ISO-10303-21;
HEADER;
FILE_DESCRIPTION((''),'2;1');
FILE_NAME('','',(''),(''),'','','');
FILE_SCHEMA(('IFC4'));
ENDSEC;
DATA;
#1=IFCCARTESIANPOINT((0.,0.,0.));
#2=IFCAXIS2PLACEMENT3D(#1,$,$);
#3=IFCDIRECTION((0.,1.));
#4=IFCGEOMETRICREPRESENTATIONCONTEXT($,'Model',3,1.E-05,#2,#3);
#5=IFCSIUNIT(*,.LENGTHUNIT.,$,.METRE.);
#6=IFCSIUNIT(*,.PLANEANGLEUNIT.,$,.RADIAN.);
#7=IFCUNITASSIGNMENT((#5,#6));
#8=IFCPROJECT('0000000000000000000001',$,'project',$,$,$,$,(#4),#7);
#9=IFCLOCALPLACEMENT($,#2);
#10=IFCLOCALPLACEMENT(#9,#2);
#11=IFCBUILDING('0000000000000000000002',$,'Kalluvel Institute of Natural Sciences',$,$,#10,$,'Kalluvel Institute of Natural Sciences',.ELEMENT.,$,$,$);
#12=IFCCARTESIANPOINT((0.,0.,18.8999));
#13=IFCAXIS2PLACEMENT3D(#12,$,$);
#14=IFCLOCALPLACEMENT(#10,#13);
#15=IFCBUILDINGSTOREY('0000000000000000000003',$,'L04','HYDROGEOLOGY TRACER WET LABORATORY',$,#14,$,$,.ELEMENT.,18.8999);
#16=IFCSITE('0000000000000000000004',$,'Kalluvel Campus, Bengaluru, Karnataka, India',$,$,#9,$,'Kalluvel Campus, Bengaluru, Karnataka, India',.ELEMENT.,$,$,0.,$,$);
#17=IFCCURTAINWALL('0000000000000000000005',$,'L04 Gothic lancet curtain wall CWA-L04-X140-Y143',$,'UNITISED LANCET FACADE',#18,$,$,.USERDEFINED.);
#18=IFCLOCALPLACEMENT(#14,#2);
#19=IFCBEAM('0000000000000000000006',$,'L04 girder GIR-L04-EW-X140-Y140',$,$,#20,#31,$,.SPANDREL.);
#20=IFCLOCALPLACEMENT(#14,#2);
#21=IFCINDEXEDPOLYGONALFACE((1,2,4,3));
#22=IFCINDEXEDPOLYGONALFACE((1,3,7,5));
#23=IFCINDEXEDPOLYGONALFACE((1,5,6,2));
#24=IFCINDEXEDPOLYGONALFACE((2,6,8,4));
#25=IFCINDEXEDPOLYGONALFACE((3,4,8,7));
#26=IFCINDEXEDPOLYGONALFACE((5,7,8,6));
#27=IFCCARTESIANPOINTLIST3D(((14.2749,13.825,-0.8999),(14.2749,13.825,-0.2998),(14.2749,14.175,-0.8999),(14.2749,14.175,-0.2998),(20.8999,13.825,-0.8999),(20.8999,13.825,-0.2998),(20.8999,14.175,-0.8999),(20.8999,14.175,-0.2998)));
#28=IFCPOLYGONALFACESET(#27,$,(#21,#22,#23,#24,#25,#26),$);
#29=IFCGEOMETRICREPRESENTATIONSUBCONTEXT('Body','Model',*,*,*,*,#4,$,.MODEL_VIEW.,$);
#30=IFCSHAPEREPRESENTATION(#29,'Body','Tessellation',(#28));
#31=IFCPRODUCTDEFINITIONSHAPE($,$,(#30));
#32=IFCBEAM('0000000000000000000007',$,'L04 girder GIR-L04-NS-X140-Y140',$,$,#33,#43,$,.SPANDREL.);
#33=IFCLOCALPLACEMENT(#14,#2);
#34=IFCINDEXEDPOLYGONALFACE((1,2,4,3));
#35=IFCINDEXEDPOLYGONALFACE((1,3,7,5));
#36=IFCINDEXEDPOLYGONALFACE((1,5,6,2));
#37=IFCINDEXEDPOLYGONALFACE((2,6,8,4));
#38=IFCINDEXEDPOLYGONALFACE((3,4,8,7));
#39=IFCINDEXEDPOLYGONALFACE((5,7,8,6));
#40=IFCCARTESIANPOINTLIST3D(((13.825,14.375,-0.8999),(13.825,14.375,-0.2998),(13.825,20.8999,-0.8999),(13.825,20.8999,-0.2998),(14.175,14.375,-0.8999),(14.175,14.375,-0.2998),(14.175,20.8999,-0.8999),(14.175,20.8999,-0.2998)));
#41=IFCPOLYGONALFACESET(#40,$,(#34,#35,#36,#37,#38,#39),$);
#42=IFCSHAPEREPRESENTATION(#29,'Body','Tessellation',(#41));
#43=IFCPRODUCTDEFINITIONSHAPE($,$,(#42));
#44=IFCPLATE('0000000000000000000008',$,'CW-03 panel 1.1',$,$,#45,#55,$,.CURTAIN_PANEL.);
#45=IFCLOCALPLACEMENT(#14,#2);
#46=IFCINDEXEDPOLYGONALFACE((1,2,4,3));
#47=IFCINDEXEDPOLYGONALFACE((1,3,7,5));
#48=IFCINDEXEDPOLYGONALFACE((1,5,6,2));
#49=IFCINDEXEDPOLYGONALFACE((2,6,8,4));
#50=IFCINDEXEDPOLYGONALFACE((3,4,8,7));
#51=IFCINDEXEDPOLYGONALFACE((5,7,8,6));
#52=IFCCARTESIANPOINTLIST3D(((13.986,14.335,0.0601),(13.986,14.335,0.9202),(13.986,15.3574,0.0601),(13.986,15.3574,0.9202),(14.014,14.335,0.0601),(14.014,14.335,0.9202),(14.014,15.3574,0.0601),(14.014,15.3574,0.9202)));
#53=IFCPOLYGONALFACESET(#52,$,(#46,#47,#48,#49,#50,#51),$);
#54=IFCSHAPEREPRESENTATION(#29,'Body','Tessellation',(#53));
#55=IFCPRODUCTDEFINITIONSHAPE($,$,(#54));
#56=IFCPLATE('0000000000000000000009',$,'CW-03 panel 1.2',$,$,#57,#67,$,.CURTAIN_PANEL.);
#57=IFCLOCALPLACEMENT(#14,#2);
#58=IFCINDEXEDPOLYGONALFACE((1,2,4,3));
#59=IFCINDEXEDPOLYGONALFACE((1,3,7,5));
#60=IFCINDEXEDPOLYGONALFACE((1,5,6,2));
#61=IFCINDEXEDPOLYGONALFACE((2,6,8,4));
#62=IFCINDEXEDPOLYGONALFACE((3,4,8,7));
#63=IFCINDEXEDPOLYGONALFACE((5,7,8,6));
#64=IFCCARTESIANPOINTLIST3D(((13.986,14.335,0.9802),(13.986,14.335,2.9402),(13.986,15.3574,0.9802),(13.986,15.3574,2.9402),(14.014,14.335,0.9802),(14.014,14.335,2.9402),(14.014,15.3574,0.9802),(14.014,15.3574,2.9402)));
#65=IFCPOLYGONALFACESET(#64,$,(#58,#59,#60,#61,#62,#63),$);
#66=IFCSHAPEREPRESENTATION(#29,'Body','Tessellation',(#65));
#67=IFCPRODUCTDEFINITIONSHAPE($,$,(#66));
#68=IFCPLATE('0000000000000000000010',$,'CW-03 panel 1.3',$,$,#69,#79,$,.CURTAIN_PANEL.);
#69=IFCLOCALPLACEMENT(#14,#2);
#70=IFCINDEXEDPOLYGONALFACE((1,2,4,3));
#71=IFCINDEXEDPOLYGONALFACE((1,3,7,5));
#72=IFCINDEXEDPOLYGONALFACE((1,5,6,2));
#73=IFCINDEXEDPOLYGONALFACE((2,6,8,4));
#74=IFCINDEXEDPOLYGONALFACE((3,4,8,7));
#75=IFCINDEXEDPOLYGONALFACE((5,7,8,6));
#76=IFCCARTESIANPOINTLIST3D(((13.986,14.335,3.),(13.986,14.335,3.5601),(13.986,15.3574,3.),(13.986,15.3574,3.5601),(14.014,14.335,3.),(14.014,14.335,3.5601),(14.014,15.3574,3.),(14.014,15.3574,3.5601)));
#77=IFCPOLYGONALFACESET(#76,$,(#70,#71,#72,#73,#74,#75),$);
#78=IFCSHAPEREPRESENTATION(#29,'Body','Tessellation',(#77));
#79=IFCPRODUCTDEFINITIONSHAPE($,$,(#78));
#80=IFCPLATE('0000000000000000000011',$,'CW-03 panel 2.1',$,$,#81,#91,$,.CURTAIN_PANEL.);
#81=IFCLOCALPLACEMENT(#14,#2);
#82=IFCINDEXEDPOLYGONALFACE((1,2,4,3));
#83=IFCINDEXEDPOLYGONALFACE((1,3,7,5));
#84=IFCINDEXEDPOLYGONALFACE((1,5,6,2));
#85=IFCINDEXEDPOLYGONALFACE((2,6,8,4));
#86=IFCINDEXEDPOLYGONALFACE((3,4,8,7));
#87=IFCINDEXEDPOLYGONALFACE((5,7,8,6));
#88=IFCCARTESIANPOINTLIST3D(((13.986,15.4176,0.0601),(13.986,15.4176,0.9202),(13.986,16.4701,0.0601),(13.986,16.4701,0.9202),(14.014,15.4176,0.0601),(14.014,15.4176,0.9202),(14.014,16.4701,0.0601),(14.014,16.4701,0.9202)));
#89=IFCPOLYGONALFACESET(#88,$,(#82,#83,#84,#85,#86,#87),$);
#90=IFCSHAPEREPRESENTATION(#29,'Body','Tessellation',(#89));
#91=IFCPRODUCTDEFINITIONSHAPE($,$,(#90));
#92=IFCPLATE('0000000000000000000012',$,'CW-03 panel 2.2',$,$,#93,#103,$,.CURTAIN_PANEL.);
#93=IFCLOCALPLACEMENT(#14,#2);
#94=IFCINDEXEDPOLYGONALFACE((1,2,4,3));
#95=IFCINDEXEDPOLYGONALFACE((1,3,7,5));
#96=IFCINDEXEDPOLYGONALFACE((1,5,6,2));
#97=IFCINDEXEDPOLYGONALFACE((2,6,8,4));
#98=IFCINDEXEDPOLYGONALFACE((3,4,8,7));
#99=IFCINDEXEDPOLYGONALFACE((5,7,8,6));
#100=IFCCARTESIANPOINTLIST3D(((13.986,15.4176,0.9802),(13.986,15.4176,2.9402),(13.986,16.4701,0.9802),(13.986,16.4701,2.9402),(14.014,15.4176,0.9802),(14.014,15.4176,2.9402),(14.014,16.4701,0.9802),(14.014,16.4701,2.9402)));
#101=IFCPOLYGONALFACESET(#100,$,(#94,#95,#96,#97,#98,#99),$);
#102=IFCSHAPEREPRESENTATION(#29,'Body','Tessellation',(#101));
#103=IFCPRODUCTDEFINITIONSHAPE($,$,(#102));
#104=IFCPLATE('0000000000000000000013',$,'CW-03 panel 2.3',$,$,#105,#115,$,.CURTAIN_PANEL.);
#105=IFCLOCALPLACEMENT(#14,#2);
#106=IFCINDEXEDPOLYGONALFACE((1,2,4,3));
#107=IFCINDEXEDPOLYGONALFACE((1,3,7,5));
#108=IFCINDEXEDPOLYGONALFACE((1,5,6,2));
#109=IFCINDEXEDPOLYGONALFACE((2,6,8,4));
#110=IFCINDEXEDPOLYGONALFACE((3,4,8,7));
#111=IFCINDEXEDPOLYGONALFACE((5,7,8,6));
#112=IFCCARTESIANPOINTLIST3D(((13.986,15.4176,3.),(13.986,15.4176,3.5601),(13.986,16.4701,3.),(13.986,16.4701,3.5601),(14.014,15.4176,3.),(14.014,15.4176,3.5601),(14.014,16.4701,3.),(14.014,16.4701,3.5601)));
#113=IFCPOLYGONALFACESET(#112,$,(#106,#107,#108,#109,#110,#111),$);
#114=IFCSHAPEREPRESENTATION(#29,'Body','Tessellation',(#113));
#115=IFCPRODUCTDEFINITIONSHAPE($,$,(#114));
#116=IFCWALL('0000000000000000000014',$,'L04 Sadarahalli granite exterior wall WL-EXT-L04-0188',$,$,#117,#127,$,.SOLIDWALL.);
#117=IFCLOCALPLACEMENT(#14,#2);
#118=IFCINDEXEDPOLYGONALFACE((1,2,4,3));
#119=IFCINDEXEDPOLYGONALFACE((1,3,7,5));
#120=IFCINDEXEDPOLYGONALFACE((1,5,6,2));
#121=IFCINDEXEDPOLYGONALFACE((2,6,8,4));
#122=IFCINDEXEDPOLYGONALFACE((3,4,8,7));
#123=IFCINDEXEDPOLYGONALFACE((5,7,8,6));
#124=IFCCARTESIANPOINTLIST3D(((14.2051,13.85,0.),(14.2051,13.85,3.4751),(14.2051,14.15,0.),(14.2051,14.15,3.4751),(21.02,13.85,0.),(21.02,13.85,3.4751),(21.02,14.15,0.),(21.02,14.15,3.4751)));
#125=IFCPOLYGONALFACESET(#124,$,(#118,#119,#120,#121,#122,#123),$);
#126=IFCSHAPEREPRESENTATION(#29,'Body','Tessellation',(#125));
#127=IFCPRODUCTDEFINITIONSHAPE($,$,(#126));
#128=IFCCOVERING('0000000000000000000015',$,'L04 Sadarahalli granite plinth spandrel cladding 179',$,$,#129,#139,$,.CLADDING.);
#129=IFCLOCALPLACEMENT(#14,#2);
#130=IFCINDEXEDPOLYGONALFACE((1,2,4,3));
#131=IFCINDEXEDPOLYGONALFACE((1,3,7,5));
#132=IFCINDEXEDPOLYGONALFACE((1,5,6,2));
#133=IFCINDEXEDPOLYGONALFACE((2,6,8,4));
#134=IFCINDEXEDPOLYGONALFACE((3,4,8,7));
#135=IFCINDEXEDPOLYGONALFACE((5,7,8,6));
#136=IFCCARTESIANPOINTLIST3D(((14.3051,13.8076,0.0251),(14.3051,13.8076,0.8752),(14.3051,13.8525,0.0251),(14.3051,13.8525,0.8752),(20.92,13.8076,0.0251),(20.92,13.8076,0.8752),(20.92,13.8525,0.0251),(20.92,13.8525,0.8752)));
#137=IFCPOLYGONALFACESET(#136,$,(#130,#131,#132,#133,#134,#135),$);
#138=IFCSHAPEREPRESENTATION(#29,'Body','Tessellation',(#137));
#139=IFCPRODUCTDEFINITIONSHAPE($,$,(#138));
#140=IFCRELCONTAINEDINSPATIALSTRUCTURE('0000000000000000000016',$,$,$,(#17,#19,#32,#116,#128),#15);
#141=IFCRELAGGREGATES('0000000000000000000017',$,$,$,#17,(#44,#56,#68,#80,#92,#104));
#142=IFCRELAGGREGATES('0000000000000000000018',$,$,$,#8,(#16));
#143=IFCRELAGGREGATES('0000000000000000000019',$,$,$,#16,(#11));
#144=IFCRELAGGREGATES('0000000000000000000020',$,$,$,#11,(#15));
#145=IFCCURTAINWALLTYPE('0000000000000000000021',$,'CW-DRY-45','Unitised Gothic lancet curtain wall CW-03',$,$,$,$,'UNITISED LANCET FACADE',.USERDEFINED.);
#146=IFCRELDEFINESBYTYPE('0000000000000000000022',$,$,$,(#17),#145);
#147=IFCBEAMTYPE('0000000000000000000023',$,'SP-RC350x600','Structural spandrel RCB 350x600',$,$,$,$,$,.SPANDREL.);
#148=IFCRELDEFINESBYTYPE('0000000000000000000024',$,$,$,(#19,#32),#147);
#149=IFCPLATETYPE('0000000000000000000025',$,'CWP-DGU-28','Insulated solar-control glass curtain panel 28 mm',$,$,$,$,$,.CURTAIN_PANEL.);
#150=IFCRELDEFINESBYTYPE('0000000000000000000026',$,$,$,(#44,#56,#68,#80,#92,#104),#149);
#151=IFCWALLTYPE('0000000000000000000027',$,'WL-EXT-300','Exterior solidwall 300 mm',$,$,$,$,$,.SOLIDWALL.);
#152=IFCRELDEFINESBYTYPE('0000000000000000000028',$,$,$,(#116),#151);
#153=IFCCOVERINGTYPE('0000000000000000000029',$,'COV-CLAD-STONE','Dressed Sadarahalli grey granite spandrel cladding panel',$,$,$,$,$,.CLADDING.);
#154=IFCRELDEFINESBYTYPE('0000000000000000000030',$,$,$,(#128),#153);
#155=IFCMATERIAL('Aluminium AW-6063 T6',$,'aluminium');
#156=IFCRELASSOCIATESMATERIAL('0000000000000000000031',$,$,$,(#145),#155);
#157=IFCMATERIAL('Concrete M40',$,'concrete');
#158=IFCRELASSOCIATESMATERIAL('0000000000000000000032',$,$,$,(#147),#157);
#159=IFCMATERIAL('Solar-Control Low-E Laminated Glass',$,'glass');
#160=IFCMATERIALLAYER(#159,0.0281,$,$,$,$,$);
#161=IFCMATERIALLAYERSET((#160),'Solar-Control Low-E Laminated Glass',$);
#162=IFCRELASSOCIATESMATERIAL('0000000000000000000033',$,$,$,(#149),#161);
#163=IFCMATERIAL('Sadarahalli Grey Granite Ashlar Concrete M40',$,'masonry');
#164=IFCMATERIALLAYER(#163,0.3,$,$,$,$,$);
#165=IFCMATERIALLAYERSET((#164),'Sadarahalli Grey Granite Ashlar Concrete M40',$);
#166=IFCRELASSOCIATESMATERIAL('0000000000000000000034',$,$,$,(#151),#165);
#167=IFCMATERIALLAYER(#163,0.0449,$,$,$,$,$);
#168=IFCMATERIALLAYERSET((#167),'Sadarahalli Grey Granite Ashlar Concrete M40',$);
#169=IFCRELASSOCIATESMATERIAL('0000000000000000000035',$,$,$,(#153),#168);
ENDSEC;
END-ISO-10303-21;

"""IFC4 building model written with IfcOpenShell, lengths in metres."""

from ifc_helpers import new_model, si_unit, direction, frame, frame_2d, origin, origin_2d, place, context, subcontext, project, spatial, rectangle, extrude, material, layer, layer_set, material_profile, profile_set, type_object, element, aggregate, save


model = new_model("IFC4")

# Units and contexts
model_context = context("Model", 3, precision=1e-05, world=origin(), true_north=direction((0.0, 1.0)))
body_context = subcontext(model_context, "Body", "Model", "MODEL_VIEW")
ifc_project = project(units=[si_unit("LENGTHUNIT", "METRE"), si_unit("PLANEANGLEUNIT", "RADIAN")], contexts=[model_context])

# Site, building, storey
site_placement = place(None, origin())
site = spatial("IfcSite", under=ifc_project, at=site_placement, Name="Kalluvel Campus, Bengaluru, Karnataka, India", LongName="Kalluvel Campus, Bengaluru, Karnataka, India", CompositionType="ELEMENT", RefElevation=0.0)
building_placement = place(site_placement, origin())
building = spatial("IfcBuilding", under=site, at=building_placement, Name="Kalluvel Institute of Natural Sciences", LongName="Kalluvel Institute of Natural Sciences", CompositionType="ELEMENT")
storey_placement = place(building_placement, frame((0.0, 0.0, 18.8999)))
storey = spatial("IfcBuildingStorey", under=building, at=storey_placement, Name="L04", Description="HYDROGEOLOGY TRACER WET LABORATORY", CompositionType="ELEMENT", Elevation=18.8999)

# Shared definitions
ifc_material_1 = material(Name="Concrete M40", Category="concrete")

# Curtain wall
ifc_material_2 = material(Name="Aluminium AW-6063 T6", Category="aluminium")
curtain_wall_type = type_object("IfcCurtainWallType", Name="CW-DRY-45", Description="Unitised Gothic lancet curtain wall CW-03", ElementType="UNITISED LANCET FACADE", PredefinedType="USERDEFINED", material=ifc_material_2)
curtain_wall_placement = place(storey_placement, origin())
curtain_wall = element("IfcCurtainWall", 1, at=curtain_wall_placement, inside=storey, type_object=curtain_wall_type, Name="L04 Gothic lancet curtain wall CWA-L04-X140-Y143", ObjectType="UNITISED LANCET FACADE", PredefinedType="USERDEFINED")

# Beams
ifc_material_profile_1 = material_profile(ifc_material_1, rectangle(XDim=0.3501, YDim=0.6001, at=origin_2d()), Name="RCB 350x600")
ifc_profile_set_1 = profile_set([ifc_material_profile_1], Name="Concrete M40")
beam_type_1 = type_object("IfcBeamType", Name="SP-RC350x600", Description="Structural spandrel RCB 350x600", PredefinedType="SPANDREL", material=ifc_profile_set_1)
beam_1_placement = place(storey_placement, frame((14.2749, 14.0, -0.5999), z_axis=(1.0, 0.0, 0.0), x_axis=(0.0, 1.0, 0.0)))
element("IfcBeam", 2, at=beam_1_placement, inside=storey, type_object=beam_type_1, Name="L04 girder GIR-L04-EW-X140-Y140", PredefinedType="SPANDREL", context=body_context, shape_type="SweptSolid", body=[
    extrude(rectangle(XDim=0.3501, YDim=0.6001, at=origin_2d()), origin(), (0.0, 0.0, 1.0), 6.625),
])
beam_2_placement = place(storey_placement, frame((14.0, 14.375, -0.5999), z_axis=(0.0, 1.0, 0.0), x_axis=(-1.0, 0.0, 0.0)))
element("IfcBeam", 3, at=beam_2_placement, inside=storey, type_object=beam_type_1, Name="L04 girder GIR-L04-NS-X140-Y140", PredefinedType="SPANDREL", context=body_context, shape_type="SweptSolid", body=[
    extrude(rectangle(XDim=0.3501, YDim=0.6001, at=origin_2d()), origin(), (0.0, 0.0, 1.0), 6.5249),
])

# Plates
ifc_material_3 = material(Name="Solar-Control Low-E Laminated Glass", Category="glass")
ifc_layer_1 = layer(ifc_material_3, 0.0281)
ifc_layer_set_1 = layer_set([ifc_layer_1], Name="Solar-Control Low-E Laminated Glass")
plate_type = type_object("IfcPlateType", Name="CWP-DGU-28", Description="Insulated solar-control glass curtain panel 28 mm", PredefinedType="CURTAIN_PANEL", material=ifc_layer_set_1)
plate_1_placement = place(storey_placement, frame((14.0, 14.8462, 0.0601), z_axis=(0.0, 0.0, 1.0), x_axis=(0.0, 1.0, 0.0)))
plate_1 = element("IfcPlate", 4, at=plate_1_placement, type_object=plate_type, Name="CW-03 panel 1.1", PredefinedType="CURTAIN_PANEL", context=body_context, shape_type="SweptSolid", body=[
    extrude(rectangle(XDim=1.0225, YDim=0.0281, at=origin_2d()), origin(), (0.0, 0.0, 1.0), 0.8601),
])
plate_2_placement = place(storey_placement, frame((14.0, 14.8462, 0.9802), z_axis=(0.0, 0.0, 1.0), x_axis=(0.0, 1.0, 0.0)))
plate_2 = element("IfcPlate", 5, at=plate_2_placement, type_object=plate_type, Name="CW-03 panel 1.2", PredefinedType="CURTAIN_PANEL", context=body_context, shape_type="SweptSolid", body=[
    extrude(rectangle(XDim=1.0225, YDim=0.0281, at=origin_2d()), origin(), (0.0, 0.0, 1.0), 1.96),
])
plate_3_placement = place(storey_placement, frame((14.0, 14.8462, 3.0), z_axis=(0.0, 0.0, 1.0), x_axis=(0.0, 1.0, 0.0)))
plate_3 = element("IfcPlate", 6, at=plate_3_placement, type_object=plate_type, Name="CW-03 panel 1.3", PredefinedType="CURTAIN_PANEL", context=body_context, shape_type="SweptSolid", body=[
    extrude(rectangle(XDim=1.0225, YDim=0.0281, at=origin_2d()), origin(), (0.0, 0.0, 1.0), 0.5601),
])
plate_4_placement = place(storey_placement, frame((14.0, 15.9438, 0.0601), z_axis=(0.0, 0.0, 1.0), x_axis=(0.0, 1.0, 0.0)))
plate_4 = element("IfcPlate", 7, at=plate_4_placement, type_object=plate_type, Name="CW-03 panel 2.1", PredefinedType="CURTAIN_PANEL", context=body_context, shape_type="SweptSolid", body=[
    extrude(rectangle(XDim=1.0525, YDim=0.0281, at=origin_2d()), origin(), (0.0, 0.0, 1.0), 0.8601),
])
plate_5_placement = place(storey_placement, frame((14.0, 15.9438, 0.9802), z_axis=(0.0, 0.0, 1.0), x_axis=(0.0, 1.0, 0.0)))
plate_5 = element("IfcPlate", 8, at=plate_5_placement, type_object=plate_type, Name="CW-03 panel 2.2", PredefinedType="CURTAIN_PANEL", context=body_context, shape_type="SweptSolid", body=[
    extrude(rectangle(XDim=1.0525, YDim=0.0281, at=origin_2d()), origin(), (0.0, 0.0, 1.0), 1.96),
])
plate_6_placement = place(storey_placement, frame((14.0, 15.9438, 3.0), z_axis=(0.0, 0.0, 1.0), x_axis=(0.0, 1.0, 0.0)))
plate_6 = element("IfcPlate", 9, at=plate_6_placement, type_object=plate_type, Name="CW-03 panel 2.3", PredefinedType="CURTAIN_PANEL", context=body_context, shape_type="SweptSolid", body=[
    extrude(rectangle(XDim=1.0525, YDim=0.0281, at=origin_2d()), origin(), (0.0, 0.0, 1.0), 0.5601),
])
aggregate(curtain_wall, [plate_1, plate_2, plate_3, plate_4, plate_5, plate_6])

# Wall
ifc_material_4 = material(Name="Sadarahalli Grey Granite Ashlar Concrete M40", Category="masonry")
ifc_layer_2 = layer(ifc_material_4, 0.3)
ifc_layer_set_2 = layer_set([ifc_layer_2], Name="Sadarahalli Grey Granite Ashlar Concrete M40")
wall_type = type_object("IfcWallType", Name="WL-EXT-300", Description="Exterior solidwall 300 mm", PredefinedType="SOLIDWALL", material=ifc_layer_set_2)
wall_placement = place(storey_placement, frame((14.2051, 14.0, 0.0), z_axis=(0.0, 0.0, 1.0), x_axis=(1.0, 0.0, 0.0)))
element("IfcWall", 10, at=wall_placement, inside=storey, type_object=wall_type, Name="L04 Sadarahalli granite exterior wall WL-EXT-L04-0188", PredefinedType="SOLIDWALL", context=body_context, shape_type="SweptSolid", body=[
    extrude(rectangle(XDim=6.8149, YDim=0.3, at=frame_2d((3.4075, 0.0))), origin(), (0.0, 0.0, 1.0), 3.4751),
])

# Covering
ifc_layer_3 = layer(ifc_material_4, 0.0449)
ifc_layer_set_3 = layer_set([ifc_layer_3], Name="Sadarahalli Grey Granite Ashlar Concrete M40")
covering_type = type_object("IfcCoveringType", Name="COV-CLAD-STONE", Description="Dressed Sadarahalli grey granite spandrel cladding panel", PredefinedType="CLADDING", material=ifc_layer_set_3)
covering_placement = place(storey_placement, frame((17.6125, 13.8301, 0.0251), z_axis=(0.0, 0.0, 1.0), x_axis=(1.0, 0.0, 0.0)))
element("IfcCovering", 11, at=covering_placement, inside=storey, type_object=covering_type, Name="L04 Sadarahalli granite plinth spandrel cladding 179", PredefinedType="CLADDING", context=body_context, shape_type="SweptSolid", body=[
    extrude(rectangle(XDim=6.615, YDim=0.0449, at=origin_2d()), origin(), (0.0, 0.0, 1.0), 0.8501),
])

save(model, "model.ifc")
